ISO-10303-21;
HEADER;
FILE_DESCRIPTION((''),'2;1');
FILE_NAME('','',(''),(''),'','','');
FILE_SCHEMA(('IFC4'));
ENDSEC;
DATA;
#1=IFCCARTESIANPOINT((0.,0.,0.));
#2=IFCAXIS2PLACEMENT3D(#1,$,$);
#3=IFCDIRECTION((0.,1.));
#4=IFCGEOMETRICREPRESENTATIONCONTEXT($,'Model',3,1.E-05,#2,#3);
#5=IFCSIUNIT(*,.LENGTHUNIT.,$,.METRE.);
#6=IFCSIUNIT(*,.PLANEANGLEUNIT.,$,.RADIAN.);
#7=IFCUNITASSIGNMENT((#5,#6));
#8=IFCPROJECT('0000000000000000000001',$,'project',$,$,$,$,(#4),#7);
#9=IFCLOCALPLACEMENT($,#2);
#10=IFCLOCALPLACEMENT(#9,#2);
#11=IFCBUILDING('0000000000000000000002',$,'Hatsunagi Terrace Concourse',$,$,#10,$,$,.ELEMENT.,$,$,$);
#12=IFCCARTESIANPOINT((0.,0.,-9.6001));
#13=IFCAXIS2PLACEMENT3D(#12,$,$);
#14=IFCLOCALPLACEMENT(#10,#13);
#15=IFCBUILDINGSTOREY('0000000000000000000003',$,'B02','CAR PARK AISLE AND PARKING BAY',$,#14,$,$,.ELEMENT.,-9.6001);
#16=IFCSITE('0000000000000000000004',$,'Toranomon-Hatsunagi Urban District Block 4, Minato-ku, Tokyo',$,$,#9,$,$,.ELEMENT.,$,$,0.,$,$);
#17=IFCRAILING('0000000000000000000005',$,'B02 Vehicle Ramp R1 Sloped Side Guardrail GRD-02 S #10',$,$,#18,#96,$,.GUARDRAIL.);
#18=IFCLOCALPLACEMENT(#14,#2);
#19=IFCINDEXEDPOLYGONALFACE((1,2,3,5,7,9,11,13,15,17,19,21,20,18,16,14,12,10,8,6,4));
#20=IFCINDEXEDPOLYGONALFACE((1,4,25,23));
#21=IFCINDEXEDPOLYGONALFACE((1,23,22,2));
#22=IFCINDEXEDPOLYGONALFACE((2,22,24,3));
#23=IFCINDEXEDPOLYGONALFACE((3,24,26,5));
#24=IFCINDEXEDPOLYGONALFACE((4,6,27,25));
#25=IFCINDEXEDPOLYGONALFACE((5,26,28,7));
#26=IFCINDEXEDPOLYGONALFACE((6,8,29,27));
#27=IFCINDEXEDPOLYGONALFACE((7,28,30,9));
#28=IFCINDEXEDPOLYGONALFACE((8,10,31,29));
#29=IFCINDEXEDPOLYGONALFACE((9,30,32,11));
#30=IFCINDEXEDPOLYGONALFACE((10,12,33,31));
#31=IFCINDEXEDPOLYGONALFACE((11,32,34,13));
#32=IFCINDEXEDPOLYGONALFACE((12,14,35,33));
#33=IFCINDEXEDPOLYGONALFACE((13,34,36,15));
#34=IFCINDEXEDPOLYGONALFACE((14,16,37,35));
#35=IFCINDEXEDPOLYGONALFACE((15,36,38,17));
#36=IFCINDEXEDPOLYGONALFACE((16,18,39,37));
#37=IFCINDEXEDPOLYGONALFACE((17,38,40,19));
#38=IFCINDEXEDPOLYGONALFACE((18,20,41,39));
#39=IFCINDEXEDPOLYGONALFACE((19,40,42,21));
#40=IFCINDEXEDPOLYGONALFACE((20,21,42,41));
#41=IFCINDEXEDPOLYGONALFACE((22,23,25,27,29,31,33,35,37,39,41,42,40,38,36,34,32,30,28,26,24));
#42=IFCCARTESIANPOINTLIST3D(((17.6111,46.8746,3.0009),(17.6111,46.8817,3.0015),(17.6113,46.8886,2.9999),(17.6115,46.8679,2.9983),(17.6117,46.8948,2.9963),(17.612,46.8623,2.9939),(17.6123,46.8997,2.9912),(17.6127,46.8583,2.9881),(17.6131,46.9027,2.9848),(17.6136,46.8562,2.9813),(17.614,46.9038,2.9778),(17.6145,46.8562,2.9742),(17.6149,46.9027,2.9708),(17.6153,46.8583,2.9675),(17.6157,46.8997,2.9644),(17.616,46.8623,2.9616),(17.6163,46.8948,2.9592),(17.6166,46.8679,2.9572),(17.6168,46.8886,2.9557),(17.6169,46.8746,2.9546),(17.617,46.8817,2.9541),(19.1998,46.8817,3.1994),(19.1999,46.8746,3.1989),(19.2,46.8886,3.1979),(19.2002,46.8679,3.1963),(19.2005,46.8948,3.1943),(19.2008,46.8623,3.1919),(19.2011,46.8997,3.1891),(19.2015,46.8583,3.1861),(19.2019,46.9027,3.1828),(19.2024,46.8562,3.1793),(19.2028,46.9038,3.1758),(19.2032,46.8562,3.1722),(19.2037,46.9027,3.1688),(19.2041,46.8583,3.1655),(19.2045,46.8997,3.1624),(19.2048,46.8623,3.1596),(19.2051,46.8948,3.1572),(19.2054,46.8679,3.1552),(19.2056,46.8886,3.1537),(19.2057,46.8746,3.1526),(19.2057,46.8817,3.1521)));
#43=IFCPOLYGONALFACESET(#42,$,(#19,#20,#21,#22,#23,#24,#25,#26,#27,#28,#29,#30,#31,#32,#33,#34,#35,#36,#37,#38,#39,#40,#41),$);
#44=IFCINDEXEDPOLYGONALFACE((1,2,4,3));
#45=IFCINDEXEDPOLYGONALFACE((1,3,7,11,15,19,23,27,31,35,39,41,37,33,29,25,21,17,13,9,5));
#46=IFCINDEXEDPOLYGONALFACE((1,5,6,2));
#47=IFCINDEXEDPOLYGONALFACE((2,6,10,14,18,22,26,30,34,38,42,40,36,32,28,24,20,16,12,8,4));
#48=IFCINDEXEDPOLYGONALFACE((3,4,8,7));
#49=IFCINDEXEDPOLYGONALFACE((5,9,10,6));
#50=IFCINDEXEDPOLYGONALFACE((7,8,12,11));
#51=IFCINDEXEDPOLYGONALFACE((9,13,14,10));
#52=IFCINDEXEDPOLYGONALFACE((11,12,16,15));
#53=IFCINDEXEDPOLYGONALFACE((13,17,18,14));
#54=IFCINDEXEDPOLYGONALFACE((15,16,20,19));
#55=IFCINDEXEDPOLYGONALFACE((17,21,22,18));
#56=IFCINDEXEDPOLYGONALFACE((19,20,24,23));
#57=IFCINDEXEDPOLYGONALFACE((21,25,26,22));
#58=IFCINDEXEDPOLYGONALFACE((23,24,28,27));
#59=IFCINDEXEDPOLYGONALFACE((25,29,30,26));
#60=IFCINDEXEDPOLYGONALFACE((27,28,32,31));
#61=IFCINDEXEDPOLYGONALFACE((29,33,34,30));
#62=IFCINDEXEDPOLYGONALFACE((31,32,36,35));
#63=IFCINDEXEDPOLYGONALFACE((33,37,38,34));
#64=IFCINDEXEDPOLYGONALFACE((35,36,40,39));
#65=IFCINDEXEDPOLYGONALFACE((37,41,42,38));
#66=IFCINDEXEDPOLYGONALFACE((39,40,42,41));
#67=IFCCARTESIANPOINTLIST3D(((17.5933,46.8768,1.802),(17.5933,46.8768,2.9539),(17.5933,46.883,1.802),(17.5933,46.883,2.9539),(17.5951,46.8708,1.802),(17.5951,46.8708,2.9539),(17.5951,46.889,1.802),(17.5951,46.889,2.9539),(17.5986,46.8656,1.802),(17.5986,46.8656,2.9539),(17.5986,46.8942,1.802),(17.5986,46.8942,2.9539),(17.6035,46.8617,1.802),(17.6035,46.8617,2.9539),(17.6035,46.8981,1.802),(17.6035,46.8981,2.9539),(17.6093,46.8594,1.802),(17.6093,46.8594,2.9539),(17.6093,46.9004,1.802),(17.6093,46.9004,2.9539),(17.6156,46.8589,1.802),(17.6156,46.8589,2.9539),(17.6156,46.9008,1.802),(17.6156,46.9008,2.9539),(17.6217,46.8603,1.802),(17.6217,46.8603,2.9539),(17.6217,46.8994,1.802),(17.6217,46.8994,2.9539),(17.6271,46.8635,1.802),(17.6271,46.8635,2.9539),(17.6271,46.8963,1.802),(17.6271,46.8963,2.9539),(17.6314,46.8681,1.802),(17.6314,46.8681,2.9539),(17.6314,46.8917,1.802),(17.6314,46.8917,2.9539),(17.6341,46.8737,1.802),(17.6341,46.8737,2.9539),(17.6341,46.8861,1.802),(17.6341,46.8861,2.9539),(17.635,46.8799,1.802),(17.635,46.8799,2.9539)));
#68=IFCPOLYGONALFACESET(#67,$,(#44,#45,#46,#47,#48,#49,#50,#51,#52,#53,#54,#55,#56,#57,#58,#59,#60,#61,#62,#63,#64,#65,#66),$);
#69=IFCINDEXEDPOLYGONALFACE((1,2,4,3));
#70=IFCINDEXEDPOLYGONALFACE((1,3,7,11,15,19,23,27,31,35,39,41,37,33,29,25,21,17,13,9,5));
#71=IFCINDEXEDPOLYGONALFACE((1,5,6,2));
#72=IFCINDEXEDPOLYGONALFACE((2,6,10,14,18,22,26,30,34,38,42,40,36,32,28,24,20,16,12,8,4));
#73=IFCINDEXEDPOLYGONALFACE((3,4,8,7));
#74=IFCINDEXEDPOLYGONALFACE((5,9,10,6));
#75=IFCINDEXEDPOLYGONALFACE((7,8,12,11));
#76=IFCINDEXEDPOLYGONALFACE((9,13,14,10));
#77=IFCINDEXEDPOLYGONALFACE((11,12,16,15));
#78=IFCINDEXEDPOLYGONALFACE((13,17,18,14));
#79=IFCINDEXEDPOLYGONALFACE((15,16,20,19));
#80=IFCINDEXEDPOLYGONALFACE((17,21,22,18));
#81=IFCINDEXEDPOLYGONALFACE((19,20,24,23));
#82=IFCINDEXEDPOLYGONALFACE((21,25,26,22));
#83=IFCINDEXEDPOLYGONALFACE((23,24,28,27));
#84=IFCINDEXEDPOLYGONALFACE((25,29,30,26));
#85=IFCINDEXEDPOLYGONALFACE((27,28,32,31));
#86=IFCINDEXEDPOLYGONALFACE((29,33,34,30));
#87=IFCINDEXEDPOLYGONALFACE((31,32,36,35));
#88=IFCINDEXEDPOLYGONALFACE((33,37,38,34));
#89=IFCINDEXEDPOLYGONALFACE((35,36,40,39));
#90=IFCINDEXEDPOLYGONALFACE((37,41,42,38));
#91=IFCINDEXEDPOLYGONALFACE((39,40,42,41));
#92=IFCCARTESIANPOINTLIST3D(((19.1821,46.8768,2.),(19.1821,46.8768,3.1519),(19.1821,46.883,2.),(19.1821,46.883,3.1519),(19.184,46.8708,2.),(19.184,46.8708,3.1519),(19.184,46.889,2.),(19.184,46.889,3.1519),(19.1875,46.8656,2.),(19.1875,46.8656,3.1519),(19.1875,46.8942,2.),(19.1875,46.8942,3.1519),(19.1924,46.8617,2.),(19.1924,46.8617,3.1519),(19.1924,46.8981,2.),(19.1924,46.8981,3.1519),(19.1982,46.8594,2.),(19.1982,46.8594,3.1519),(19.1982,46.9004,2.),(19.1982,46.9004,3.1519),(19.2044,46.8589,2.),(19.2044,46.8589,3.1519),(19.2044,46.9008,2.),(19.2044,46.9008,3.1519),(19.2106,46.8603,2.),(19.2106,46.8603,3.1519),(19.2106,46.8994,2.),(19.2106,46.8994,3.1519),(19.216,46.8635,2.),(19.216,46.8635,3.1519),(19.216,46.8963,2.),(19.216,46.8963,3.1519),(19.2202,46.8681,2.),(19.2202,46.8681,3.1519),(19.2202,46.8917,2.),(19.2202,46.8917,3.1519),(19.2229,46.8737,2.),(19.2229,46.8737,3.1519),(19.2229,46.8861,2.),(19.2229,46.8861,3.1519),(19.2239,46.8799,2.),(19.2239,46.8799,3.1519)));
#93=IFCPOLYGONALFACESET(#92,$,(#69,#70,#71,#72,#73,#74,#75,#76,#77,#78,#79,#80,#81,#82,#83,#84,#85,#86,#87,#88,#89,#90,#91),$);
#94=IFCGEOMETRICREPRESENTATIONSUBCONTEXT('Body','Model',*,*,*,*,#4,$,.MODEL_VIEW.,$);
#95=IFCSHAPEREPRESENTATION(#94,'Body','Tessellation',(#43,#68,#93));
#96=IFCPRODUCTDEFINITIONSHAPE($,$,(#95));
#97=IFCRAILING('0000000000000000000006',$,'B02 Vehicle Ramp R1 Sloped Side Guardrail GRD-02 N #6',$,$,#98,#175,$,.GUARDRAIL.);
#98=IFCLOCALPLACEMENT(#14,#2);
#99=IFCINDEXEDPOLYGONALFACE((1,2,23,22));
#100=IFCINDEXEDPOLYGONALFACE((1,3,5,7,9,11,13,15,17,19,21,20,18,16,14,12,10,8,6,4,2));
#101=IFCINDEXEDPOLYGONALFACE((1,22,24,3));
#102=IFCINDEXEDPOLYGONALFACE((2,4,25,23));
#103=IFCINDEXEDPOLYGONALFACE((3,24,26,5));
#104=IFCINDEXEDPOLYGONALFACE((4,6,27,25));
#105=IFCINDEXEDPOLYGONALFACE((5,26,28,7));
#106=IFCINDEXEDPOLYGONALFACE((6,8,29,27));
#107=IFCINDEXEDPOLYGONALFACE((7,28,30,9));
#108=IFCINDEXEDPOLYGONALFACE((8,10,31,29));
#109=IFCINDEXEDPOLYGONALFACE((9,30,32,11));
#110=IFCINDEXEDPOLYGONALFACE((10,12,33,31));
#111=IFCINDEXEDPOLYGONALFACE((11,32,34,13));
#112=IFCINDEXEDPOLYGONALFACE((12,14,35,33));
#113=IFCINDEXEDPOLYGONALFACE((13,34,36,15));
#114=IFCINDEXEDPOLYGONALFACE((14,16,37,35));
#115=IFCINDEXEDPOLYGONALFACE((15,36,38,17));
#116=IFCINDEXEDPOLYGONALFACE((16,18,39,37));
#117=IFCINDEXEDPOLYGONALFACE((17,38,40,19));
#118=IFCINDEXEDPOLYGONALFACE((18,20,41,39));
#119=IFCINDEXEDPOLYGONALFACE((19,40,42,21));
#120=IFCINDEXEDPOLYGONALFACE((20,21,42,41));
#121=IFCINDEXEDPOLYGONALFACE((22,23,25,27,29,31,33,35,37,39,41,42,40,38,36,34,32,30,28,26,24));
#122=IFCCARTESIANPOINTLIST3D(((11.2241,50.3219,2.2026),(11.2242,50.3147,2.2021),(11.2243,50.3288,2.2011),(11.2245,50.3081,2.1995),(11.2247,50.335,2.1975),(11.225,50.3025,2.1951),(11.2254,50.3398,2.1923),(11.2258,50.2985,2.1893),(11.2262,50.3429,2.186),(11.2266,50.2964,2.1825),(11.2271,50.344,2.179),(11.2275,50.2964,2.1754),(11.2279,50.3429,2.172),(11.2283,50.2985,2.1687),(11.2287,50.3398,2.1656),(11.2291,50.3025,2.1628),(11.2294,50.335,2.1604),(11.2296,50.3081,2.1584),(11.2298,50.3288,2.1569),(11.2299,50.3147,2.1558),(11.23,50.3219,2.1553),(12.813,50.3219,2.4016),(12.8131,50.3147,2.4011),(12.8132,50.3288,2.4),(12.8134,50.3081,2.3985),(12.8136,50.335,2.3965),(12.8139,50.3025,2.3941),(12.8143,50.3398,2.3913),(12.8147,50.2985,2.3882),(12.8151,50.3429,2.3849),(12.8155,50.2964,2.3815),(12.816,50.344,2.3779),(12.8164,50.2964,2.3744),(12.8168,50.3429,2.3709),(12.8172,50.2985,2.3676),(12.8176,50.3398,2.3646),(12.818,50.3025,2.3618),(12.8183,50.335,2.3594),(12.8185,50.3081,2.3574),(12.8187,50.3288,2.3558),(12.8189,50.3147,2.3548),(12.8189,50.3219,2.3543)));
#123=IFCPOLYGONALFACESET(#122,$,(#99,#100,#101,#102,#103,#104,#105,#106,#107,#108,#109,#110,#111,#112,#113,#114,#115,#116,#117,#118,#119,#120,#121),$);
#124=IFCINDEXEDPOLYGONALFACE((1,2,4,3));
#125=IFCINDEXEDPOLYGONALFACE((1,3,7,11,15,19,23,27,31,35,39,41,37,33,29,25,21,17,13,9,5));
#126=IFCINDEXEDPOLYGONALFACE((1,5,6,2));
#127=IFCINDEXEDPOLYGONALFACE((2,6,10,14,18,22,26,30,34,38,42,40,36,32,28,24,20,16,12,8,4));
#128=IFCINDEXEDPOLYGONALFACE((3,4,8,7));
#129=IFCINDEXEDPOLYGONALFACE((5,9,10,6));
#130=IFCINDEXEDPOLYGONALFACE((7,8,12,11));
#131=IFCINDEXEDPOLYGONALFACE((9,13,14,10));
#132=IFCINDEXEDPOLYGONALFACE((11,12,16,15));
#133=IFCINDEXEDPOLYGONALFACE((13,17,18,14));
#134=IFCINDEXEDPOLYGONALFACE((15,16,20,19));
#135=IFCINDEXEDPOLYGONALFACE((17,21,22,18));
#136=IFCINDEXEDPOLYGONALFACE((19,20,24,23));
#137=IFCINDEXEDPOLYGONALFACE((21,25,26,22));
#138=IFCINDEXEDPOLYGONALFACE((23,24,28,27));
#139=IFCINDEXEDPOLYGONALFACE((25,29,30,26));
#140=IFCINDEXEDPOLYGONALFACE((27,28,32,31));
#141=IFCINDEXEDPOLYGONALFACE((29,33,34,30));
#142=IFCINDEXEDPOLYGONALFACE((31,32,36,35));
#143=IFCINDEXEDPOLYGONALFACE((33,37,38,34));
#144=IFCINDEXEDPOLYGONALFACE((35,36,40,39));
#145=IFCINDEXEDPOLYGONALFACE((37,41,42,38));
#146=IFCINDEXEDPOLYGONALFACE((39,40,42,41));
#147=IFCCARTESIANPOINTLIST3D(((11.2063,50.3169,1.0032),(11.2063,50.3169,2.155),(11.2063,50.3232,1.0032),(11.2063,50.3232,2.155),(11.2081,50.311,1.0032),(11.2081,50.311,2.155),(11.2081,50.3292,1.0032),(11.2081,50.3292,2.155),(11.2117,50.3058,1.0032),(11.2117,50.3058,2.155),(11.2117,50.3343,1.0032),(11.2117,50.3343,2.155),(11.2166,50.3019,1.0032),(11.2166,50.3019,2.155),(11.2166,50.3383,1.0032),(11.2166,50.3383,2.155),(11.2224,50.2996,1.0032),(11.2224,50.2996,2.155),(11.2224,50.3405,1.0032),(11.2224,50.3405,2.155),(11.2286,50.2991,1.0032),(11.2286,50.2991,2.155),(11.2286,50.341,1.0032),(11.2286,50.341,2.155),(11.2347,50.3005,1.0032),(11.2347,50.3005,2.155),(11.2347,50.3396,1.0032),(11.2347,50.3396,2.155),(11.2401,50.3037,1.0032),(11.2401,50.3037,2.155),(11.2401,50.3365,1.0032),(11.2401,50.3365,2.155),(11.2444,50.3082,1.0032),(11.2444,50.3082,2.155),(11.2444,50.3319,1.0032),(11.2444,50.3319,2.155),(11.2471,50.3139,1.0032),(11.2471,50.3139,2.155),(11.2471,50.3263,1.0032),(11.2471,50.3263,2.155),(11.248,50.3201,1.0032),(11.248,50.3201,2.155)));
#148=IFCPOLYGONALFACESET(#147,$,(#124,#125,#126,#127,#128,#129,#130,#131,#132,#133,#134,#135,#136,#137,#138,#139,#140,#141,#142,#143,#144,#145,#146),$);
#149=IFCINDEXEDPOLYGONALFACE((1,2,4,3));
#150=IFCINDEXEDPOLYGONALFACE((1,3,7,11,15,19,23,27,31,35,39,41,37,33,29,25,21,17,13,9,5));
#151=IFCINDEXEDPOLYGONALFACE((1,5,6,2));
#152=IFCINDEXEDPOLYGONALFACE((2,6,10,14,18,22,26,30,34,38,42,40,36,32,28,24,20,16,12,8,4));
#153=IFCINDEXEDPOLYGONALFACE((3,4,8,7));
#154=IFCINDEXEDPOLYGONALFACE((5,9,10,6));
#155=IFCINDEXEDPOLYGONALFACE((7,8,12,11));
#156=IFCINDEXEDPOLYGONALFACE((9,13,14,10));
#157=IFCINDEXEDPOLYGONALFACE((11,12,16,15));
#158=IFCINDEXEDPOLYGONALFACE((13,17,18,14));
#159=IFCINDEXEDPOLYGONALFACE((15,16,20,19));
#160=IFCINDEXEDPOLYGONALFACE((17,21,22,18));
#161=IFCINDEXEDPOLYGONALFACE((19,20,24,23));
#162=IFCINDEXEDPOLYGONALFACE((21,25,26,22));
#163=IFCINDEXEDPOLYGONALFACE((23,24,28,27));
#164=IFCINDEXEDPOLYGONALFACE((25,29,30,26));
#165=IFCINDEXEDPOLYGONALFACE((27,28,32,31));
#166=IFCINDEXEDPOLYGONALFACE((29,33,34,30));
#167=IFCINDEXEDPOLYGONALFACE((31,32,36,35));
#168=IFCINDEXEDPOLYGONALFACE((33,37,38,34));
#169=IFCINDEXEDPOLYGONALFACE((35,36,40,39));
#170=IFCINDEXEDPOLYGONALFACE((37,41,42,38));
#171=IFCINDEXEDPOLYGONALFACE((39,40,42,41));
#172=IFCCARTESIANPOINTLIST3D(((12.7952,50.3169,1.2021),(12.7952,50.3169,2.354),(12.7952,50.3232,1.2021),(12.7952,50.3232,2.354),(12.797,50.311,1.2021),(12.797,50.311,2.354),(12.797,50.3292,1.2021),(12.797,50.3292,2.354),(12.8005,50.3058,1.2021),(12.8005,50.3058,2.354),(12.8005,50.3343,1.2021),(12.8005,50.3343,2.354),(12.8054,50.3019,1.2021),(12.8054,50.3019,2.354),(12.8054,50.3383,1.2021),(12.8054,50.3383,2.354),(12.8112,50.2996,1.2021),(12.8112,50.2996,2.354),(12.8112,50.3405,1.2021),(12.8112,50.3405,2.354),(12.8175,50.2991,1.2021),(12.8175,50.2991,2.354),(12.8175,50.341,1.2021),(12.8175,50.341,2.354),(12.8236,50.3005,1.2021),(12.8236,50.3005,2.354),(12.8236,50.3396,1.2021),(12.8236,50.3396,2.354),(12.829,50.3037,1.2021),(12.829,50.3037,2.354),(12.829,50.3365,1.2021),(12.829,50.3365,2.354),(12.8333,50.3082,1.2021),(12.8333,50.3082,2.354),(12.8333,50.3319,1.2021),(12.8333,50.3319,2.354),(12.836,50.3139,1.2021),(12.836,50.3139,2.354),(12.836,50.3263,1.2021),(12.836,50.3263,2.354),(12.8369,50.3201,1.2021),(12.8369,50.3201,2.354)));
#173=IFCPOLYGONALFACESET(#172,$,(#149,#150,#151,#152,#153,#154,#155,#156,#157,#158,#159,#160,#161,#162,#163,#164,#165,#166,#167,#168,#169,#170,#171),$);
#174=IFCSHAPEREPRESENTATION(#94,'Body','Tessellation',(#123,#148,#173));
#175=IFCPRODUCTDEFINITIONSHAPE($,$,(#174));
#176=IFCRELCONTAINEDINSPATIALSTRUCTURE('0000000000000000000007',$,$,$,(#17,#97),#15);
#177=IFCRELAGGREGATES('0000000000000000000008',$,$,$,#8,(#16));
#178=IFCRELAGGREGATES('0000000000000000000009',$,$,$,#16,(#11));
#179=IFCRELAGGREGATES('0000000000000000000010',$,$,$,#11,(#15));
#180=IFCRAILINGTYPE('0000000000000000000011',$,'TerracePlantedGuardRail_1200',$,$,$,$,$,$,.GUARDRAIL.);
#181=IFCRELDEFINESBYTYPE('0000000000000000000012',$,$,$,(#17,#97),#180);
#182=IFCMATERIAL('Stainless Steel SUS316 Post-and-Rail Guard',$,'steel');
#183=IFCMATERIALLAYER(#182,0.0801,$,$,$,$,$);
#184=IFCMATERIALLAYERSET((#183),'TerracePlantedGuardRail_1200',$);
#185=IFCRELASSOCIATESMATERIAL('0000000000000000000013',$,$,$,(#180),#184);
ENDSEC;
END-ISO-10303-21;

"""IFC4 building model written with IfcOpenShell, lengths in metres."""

from ifc_helpers import new_model, si_unit, direction, frame, origin, origin_2d, place, context, subcontext, project, spatial, circle, extrude, material, layer, layer_set, type_object, element, save


model = new_model("IFC4")

# Units and contexts
model_context = context("Model", 3, precision=1e-05, world=origin(), true_north=direction((0.0, 1.0)))
body_context = subcontext(model_context, "Body", "Model", "MODEL_VIEW")
ifc_project = project(units=[si_unit("LENGTHUNIT", "METRE"), si_unit("PLANEANGLEUNIT", "RADIAN")], contexts=[model_context])

# Site, building, storey
site_placement = place(None, origin())
site = spatial("IfcSite", under=ifc_project, at=site_placement, Name="Toranomon-Hatsunagi Urban District Block 4, Minato-ku, Tokyo", CompositionType="ELEMENT", RefElevation=0.0)
building_placement = place(site_placement, origin())
building = spatial("IfcBuilding", under=site, at=building_placement, Name="Hatsunagi Terrace Concourse", CompositionType="ELEMENT")
storey_placement = place(building_placement, frame((0.0, 0.0, -9.6001)))
storey = spatial("IfcBuildingStorey", under=building, at=storey_placement, Name="B02", Description="CAR PARK AISLE AND PARKING BAY", CompositionType="ELEMENT", Elevation=-9.6001)

# Railings
ifc_material_1 = material(Name="Stainless Steel SUS316 Post-and-Rail Guard", Category="steel")
ifc_layer_1 = layer(ifc_material_1, 0.0801)
ifc_layer_set_1 = layer_set([ifc_layer_1], Name="TerracePlantedGuardRail_1200")
railing_type = type_object("IfcRailingType", Name="TerracePlantedGuardRail_1200", PredefinedType="GUARDRAIL", material=ifc_layer_set_1)
railing_1_placement = place(storey_placement, frame((17.614, 46.8799, 1.802)))
element("IfcRailing", 1, at=railing_1_placement, inside=storey, type_object=railing_type, Name="B02 Vehicle Ramp R1 Sloped Side Guardrail GRD-02 S #10", PredefinedType="GUARDRAIL", context=body_context, shape_type="SweptSolid", body=[
    extrude(circle(Radius=0.0239, at=origin_2d()), frame((0.0, 0.0, 1.1758), z_axis=(0.992325, 0.0, 0.123659), x_axis=(0.0, 1.0, 0.0)), (0.0, 0.0, 1.0), 1.6011),
    extrude(circle(Radius=0.021, at=origin_2d()), origin(), (0.0, 0.0, 1.0), 1.1519),
    extrude(circle(Radius=0.021, at=origin_2d()), frame((1.5889, 0.0, 0.198)), (0.0, 0.0, 1.0), 1.1519),
])
railing_2_placement = place(storey_placement, frame((11.2271, 50.3201, 1.0032)))
element("IfcRailing", 2, at=railing_2_placement, inside=storey, type_object=railing_type, Name="B02 Vehicle Ramp R1 Sloped Side Guardrail GRD-02 N #6", PredefinedType="GUARDRAIL", context=body_context, shape_type="SweptSolid", body=[
    extrude(circle(Radius=0.0239, at=origin_2d()), frame((0.0, 0.0, 1.1758), z_axis=(0.99225, 0.0, 0.12426), x_axis=(0.0, 1.0, 0.0)), (0.0, 0.0, 1.0), 1.6013),
    extrude(circle(Radius=0.021, at=origin_2d()), origin(), (0.0, 0.0, 1.0), 1.1519),
    extrude(circle(Radius=0.021, at=origin_2d()), frame((1.5889, 0.0, 0.199)), (0.0, 0.0, 1.0), 1.1519),
])

save(model, "model.ifc")
